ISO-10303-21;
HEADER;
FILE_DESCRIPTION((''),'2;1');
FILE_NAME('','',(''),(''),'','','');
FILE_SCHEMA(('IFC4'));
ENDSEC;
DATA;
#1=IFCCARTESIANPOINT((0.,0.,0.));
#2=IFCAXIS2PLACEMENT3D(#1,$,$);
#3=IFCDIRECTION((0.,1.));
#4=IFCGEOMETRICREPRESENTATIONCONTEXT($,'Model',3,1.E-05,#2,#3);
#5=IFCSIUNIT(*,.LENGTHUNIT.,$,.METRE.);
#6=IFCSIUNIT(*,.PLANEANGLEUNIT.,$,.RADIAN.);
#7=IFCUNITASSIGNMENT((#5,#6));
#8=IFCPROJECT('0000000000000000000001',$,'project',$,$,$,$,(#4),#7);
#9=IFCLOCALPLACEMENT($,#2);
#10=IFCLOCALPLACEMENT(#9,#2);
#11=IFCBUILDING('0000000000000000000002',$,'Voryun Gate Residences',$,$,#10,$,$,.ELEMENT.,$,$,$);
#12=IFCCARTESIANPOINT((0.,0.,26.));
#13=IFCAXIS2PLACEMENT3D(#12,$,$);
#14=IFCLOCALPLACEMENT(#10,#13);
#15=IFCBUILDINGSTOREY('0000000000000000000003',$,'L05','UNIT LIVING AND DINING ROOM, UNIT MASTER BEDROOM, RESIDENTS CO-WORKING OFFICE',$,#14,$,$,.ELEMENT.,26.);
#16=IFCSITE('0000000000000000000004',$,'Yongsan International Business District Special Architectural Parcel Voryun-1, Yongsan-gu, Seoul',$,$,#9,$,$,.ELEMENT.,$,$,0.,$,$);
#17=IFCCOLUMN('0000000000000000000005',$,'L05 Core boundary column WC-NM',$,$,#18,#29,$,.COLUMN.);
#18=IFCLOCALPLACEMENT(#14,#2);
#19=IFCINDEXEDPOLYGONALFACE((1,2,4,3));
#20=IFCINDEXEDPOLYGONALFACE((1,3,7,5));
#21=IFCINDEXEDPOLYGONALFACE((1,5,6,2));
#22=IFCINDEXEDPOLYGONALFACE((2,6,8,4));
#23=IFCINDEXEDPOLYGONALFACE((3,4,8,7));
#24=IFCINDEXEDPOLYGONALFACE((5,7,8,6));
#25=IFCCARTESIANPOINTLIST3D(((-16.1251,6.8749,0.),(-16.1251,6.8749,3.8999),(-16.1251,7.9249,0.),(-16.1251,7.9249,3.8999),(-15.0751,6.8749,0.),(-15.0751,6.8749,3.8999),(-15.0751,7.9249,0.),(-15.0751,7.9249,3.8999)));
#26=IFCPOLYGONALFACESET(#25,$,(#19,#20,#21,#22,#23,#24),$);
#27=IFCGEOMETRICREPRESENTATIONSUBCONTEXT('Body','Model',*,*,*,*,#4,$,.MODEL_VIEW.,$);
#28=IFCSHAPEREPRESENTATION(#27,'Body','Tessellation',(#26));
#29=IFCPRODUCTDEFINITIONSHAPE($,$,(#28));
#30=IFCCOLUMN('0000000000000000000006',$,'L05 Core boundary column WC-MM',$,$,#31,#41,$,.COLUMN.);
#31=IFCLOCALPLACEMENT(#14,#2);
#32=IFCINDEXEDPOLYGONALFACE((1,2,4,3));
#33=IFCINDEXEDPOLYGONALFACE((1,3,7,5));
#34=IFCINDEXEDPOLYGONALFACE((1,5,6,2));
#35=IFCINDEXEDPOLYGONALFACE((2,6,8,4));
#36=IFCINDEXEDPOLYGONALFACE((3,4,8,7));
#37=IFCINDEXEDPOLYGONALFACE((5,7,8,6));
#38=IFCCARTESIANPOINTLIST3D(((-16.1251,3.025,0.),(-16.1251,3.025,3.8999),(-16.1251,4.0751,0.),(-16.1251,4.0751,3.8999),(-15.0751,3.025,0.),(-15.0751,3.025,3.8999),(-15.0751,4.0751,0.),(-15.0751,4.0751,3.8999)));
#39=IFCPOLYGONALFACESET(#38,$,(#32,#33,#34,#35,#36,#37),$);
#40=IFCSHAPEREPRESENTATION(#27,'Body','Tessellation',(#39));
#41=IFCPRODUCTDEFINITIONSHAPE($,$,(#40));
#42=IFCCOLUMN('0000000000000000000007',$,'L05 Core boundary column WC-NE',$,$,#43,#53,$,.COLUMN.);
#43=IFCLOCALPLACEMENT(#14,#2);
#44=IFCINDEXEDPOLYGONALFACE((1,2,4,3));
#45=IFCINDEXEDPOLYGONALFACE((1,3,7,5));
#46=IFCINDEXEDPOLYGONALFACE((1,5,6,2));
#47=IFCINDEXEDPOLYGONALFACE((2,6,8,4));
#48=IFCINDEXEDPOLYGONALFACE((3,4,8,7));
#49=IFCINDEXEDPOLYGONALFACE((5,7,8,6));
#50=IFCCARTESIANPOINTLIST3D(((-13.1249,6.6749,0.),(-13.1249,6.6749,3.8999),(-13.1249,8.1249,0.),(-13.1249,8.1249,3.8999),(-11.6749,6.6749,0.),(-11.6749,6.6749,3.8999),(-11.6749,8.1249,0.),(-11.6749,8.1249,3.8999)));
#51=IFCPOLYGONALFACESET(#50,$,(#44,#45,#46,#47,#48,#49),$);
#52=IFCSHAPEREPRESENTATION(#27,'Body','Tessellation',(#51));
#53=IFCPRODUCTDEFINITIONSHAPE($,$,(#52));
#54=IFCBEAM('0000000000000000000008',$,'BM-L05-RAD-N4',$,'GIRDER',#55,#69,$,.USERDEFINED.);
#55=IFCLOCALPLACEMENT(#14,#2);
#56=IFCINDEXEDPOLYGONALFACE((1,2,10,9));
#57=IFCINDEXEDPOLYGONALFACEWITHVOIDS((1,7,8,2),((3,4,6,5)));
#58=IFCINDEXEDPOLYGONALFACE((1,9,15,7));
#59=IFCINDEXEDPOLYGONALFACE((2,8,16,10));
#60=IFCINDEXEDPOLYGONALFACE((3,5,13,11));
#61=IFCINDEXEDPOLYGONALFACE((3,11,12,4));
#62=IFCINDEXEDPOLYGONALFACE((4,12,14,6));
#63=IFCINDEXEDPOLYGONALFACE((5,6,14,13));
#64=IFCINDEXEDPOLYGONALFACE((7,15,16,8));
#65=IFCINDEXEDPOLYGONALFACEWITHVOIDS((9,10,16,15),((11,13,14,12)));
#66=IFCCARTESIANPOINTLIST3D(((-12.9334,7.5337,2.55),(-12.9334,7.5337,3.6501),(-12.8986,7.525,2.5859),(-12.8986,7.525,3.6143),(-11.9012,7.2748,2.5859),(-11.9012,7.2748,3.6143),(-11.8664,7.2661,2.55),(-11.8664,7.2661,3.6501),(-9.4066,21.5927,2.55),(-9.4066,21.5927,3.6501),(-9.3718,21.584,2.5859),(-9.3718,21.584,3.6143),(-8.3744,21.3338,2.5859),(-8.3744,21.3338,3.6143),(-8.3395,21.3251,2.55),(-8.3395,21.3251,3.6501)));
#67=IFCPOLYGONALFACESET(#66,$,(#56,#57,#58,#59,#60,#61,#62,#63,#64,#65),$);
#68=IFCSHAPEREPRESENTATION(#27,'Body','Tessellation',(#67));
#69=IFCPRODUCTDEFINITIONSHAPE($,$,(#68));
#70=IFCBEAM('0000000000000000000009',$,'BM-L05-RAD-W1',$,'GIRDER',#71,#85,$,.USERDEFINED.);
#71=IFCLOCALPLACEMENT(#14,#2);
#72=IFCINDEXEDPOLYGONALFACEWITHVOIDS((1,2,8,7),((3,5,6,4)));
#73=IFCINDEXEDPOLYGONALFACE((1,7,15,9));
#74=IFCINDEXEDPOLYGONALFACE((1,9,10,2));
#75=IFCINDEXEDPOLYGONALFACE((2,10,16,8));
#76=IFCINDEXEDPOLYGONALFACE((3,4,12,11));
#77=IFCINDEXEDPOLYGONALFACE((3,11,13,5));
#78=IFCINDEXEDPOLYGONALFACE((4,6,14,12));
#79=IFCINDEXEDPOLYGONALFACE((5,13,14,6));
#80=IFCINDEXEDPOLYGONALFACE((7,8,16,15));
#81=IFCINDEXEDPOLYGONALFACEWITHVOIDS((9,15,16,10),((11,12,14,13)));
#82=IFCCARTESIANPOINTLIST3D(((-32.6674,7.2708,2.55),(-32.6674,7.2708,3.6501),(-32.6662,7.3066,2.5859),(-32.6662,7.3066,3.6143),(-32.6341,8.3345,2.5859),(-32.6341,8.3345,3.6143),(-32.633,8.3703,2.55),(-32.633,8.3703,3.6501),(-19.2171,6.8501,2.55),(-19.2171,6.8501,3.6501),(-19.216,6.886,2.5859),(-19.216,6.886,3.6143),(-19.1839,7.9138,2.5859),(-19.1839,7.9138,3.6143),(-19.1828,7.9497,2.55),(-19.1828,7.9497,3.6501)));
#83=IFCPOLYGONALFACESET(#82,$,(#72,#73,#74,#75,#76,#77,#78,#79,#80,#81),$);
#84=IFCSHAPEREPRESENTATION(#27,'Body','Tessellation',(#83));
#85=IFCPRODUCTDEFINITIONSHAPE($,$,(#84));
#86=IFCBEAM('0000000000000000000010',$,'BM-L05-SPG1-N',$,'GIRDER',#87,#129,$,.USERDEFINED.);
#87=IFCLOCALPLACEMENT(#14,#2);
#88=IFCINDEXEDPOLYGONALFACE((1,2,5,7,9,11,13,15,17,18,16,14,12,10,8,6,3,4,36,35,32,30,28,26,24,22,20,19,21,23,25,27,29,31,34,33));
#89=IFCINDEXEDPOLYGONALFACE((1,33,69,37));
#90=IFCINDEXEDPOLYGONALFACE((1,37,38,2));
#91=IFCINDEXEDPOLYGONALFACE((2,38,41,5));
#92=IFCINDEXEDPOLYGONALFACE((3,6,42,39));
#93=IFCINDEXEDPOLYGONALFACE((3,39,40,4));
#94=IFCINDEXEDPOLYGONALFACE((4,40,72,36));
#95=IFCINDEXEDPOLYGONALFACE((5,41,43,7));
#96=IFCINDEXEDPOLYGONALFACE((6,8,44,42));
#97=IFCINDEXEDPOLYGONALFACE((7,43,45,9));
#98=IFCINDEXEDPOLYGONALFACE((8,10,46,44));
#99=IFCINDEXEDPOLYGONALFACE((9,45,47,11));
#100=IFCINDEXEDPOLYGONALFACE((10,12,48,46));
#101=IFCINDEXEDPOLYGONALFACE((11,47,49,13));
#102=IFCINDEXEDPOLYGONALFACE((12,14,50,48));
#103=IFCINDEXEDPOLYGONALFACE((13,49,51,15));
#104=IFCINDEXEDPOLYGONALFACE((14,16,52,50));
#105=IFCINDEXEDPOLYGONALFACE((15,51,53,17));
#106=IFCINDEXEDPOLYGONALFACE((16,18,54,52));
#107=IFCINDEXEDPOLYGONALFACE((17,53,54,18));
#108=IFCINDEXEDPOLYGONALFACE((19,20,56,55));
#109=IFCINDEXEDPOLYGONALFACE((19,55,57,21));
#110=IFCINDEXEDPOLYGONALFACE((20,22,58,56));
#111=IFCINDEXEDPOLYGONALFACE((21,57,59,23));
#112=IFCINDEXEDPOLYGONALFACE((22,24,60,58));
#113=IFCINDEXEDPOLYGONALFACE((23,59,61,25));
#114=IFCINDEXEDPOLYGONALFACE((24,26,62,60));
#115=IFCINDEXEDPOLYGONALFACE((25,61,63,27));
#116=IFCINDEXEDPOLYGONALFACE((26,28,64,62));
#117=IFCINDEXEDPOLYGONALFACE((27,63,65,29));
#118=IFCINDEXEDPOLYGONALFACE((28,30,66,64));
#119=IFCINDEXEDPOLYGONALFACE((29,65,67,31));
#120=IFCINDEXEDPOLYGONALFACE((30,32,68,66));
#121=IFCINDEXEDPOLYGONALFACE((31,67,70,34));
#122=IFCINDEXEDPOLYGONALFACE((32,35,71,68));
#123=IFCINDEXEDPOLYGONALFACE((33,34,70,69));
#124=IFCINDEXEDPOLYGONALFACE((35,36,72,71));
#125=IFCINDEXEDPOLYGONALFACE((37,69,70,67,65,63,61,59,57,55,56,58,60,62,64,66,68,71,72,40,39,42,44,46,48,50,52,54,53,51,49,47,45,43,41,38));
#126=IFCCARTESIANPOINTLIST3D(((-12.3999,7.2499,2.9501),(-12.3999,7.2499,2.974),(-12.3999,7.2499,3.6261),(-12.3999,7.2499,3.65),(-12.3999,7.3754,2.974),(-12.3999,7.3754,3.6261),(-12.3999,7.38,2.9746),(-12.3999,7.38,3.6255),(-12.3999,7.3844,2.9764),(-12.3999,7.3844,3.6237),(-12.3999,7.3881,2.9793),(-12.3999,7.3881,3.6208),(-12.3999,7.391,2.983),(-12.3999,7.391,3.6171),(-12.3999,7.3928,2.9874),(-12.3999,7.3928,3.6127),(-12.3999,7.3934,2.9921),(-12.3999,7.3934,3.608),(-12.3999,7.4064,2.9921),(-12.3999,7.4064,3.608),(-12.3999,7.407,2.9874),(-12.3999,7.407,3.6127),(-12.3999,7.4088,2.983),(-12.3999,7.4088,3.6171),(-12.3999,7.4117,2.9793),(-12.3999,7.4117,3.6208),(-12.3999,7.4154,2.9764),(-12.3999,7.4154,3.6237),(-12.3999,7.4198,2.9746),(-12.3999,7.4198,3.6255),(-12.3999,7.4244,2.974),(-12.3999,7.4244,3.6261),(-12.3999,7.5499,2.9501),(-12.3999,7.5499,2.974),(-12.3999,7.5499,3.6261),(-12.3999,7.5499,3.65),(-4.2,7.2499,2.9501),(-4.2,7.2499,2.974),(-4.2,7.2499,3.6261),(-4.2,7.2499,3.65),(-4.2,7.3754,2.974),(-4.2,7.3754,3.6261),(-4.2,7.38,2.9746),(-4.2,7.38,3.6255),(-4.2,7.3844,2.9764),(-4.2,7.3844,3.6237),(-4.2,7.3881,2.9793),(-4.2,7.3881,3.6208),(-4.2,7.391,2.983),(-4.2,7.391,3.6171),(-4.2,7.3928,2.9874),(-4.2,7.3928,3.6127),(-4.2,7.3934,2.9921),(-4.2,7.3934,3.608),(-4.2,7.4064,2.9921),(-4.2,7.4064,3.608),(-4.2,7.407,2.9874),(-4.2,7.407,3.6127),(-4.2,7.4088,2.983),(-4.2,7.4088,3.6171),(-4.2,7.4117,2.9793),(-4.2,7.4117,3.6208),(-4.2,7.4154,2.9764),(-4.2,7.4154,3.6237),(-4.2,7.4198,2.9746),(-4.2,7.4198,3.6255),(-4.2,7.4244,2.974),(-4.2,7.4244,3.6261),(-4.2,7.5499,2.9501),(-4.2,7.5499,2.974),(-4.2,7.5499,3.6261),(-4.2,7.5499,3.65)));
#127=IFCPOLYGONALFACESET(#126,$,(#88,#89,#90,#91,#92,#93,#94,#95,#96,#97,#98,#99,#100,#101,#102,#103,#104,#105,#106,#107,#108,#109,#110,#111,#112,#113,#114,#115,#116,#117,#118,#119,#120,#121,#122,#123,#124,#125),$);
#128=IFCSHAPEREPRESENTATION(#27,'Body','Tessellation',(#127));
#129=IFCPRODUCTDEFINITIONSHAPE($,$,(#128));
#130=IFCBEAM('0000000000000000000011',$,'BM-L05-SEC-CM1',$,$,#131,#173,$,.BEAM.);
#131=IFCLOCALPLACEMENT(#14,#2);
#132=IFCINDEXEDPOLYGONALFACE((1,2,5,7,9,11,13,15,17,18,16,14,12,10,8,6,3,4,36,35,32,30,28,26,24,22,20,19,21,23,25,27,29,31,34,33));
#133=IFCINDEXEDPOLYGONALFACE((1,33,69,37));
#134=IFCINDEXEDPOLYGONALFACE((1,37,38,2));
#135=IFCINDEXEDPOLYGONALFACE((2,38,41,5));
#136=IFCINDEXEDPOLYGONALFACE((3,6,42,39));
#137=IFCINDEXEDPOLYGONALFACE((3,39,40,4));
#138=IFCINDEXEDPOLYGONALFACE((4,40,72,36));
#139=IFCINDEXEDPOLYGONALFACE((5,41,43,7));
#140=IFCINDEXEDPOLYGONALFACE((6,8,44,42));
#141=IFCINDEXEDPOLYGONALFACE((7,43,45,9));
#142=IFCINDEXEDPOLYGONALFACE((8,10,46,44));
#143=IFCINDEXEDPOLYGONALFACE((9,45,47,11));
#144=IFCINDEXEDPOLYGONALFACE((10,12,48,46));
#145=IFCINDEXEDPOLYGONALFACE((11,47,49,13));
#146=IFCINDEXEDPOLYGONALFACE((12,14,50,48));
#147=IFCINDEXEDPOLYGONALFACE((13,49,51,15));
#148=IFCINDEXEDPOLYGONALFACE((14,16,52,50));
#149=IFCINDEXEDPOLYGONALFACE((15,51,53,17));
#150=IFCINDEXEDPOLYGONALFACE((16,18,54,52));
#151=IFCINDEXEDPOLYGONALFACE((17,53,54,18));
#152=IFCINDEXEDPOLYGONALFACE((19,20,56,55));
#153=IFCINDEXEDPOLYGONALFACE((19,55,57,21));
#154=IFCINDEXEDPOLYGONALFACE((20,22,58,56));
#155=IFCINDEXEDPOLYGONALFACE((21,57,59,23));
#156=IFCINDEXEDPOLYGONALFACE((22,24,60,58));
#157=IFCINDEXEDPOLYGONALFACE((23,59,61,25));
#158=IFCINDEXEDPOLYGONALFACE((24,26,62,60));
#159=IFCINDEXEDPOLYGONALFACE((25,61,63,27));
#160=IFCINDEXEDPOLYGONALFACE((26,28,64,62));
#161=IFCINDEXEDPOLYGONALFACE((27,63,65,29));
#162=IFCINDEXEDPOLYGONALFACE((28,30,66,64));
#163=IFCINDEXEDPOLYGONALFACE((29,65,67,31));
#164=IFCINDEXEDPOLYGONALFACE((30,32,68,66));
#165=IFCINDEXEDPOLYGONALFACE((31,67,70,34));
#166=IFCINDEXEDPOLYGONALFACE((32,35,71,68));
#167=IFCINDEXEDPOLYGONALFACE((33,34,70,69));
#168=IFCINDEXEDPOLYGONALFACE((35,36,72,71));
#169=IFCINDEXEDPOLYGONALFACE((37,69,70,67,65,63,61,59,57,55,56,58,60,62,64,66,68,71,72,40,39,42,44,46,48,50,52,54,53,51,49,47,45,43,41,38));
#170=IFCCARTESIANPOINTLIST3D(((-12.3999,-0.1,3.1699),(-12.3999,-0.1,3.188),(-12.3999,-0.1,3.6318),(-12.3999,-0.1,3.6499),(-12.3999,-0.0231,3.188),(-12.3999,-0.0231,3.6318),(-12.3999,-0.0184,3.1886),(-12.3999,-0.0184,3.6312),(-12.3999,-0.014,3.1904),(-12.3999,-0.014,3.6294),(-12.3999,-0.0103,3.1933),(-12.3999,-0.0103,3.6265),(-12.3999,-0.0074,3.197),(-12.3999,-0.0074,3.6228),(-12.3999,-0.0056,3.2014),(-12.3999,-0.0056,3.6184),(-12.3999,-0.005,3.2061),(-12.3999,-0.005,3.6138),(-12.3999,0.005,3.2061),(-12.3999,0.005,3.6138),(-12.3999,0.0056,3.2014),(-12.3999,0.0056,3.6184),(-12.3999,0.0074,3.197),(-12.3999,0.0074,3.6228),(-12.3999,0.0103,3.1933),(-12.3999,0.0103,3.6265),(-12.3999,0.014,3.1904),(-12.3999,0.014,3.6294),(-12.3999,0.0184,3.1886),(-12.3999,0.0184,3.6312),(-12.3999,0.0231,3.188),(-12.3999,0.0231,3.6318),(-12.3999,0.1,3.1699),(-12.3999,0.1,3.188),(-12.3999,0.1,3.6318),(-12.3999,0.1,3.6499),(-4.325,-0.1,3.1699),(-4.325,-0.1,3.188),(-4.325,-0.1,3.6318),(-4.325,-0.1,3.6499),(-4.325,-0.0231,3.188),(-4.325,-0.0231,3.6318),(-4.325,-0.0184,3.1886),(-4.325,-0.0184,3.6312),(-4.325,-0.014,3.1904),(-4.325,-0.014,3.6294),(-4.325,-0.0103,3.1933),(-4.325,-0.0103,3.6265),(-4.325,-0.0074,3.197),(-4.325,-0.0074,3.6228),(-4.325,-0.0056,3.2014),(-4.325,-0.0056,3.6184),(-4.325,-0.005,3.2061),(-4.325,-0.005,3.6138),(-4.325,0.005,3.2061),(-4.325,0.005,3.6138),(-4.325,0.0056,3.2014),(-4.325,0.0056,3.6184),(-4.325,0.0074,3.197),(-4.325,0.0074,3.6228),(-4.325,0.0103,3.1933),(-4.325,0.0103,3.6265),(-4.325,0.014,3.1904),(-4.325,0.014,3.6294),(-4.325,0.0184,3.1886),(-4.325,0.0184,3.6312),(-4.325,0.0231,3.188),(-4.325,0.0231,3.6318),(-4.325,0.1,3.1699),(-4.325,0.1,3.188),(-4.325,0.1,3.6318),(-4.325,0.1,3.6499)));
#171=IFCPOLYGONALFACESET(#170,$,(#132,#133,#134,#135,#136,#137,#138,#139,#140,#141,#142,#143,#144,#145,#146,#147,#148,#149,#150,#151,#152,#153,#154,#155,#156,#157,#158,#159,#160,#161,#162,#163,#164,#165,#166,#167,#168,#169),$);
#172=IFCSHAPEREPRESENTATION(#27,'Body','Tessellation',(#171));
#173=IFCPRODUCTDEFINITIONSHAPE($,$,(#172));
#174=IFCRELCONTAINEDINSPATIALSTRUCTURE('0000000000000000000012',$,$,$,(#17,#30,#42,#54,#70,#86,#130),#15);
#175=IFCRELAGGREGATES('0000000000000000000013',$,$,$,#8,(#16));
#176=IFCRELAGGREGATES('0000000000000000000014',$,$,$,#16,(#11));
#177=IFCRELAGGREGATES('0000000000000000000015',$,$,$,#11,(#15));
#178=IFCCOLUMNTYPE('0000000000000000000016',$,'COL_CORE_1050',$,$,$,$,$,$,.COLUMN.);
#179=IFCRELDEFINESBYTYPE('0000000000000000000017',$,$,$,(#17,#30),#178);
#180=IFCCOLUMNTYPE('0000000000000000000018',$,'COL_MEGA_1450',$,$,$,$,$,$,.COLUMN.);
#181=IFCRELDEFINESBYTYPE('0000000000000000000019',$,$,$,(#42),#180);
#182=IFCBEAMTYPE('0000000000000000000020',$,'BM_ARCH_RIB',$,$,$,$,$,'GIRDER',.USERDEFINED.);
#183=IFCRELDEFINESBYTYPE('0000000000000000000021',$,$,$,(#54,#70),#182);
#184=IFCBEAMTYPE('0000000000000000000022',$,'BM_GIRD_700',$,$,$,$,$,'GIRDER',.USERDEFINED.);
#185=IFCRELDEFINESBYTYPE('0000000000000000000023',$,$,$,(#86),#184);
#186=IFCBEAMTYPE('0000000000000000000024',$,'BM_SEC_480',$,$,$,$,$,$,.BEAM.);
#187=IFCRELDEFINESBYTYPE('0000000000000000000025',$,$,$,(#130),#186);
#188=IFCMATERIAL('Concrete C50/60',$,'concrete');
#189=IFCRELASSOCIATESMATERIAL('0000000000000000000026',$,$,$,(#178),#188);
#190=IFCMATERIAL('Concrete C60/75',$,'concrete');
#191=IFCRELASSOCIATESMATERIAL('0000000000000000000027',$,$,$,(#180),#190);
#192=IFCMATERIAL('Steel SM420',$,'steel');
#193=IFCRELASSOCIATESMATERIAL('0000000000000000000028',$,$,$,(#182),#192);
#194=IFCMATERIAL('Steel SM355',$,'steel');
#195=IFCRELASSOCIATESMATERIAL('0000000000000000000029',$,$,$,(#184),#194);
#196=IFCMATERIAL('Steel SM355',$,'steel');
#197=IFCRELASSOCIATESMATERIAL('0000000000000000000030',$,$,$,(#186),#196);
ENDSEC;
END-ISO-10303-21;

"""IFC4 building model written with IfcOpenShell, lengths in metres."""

from ifc_helpers import new_model, si_unit, direction, frame, origin, origin_2d, place, context, subcontext, project, spatial, rectangle, hollow_rectangle, i_section, extrude, material, material_profile, profile_set, type_object, element, save


model = new_model("IFC4")

# Units and contexts
model_context = context("Model", 3, precision=1e-05, world=origin(), true_north=direction((0.0, 1.0)))
body_context = subcontext(model_context, "Body", "Model", "MODEL_VIEW")
ifc_project = project(units=[si_unit("LENGTHUNIT", "METRE"), si_unit("PLANEANGLEUNIT", "RADIAN")], contexts=[model_context])

# Site, building, storey
site_placement = place(None, origin())
site = spatial("IfcSite", under=ifc_project, at=site_placement, Name="Yongsan International Business District Special Architectural Parcel Voryun-1, Yongsan-gu, Seoul", CompositionType="ELEMENT", RefElevation=0.0)
building_placement = place(site_placement, origin())
building = spatial("IfcBuilding", under=site, at=building_placement, Name="Voryun Gate Residences", CompositionType="ELEMENT")
storey_placement = place(building_placement, frame((0.0, 0.0, 26.0)))
storey = spatial("IfcBuildingStorey", under=building, at=storey_placement, Name="L05", Description="UNIT LIVING AND DINING ROOM, UNIT MASTER BEDROOM, RESIDENTS CO-WORKING OFFICE", CompositionType="ELEMENT", Elevation=26.0)

# Columns
ifc_material_1 = material(Name="Concrete C50/60", Category="concrete")
ifc_material_profile_1 = material_profile(ifc_material_1, rectangle(XDim=1.05, YDim=1.05, at=origin_2d()), Name="RC-1050x1050")
ifc_profile_set_1 = profile_set([ifc_material_profile_1], Name="Concrete C50/60")
column_type_1 = type_object("IfcColumnType", Name="COL_CORE_1050", PredefinedType="COLUMN", material=ifc_profile_set_1)
for number, where, z_axis, x_axis, name in (
    (1, (-15.6001, 7.3999, 0.0), (0.0, 0.0, 1.0), (1.0, 0.0, 0.0), "L05 Core boundary column WC-NM"),
    (2, (-15.6001, 3.55, 0.0), (0.0, 0.0, 1.0), (1.0, 0.0, 0.0), "L05 Core boundary column WC-MM"),
):
    element("IfcColumn", number, at=place(storey_placement, frame(where, z_axis=z_axis, x_axis=x_axis)), inside=storey, type_object=column_type_1, Name=name, PredefinedType="COLUMN", context=body_context, shape_type="SweptSolid", body=[
        extrude(rectangle(XDim=1.05, YDim=1.05, at=origin_2d()), origin(), (0.0, 0.0, 1.0), 3.8999),
    ])
ifc_material_2 = material(Name="Concrete C60/75", Category="concrete")
ifc_material_profile_2 = material_profile(ifc_material_2, rectangle(XDim=1.45, YDim=1.45, at=origin_2d()), Name="RC-1450x1450")
ifc_profile_set_2 = profile_set([ifc_material_profile_2], Name="Concrete C60/75")
column_type_2 = type_object("IfcColumnType", Name="COL_MEGA_1450", PredefinedType="COLUMN", material=ifc_profile_set_2)
column_placement = place(storey_placement, frame((-12.3999, 7.3999, 0.0), z_axis=(0.0, 0.0, 1.0), x_axis=(1.0, 0.0, 0.0)))
element("IfcColumn", 3, at=column_placement, inside=storey, type_object=column_type_2, Name="L05 Core boundary column WC-NE", PredefinedType="COLUMN", context=body_context, shape_type="SweptSolid", body=[
    extrude(rectangle(XDim=1.45, YDim=1.45, at=origin_2d()), origin(), (0.0, 0.0, 1.0), 3.8999),
])

# Beams
ifc_material_3 = material(Name="Steel SM420", Category="steel")
ifc_material_profile_3 = material_profile(ifc_material_3, hollow_rectangle(XDim=1.1001, YDim=1.1001, WallThickness=0.0359, at=origin_2d()), Name="BOX-1100x1100x36")
ifc_profile_set_3 = profile_set([ifc_material_profile_3], Name="Steel SM420")
beam_type_1 = type_object("IfcBeamType", Name="BM_ARCH_RIB", ElementType="GIRDER", PredefinedType="USERDEFINED", material=ifc_profile_set_3)
beam_1_placement = place(storey_placement, frame((-12.3999, 7.3999, 3.1001), z_axis=(0.24332, 0.969946, 0.0), x_axis=(-0.969946, 0.24332, 0.0)))
element("IfcBeam", 4, at=beam_1_placement, inside=storey, type_object=beam_type_1, Name="BM-L05-RAD-N4", ObjectType="GIRDER", PredefinedType="USERDEFINED", context=body_context, shape_type="SweptSolid", body=[
    extrude(hollow_rectangle(XDim=1.1001, YDim=1.1001, WallThickness=0.0359, at=origin_2d()), origin(), (0.0, 0.0, 1.0), 14.4946),
])
beam_2_placement = place(storey_placement, frame((-19.2, 7.3999, 3.1001), z_axis=(-0.999511, 0.03126, 0.0), x_axis=(-0.03126, -0.999511, 0.0)))
element("IfcBeam", 5, at=beam_2_placement, inside=storey, type_object=beam_type_1, Name="BM-L05-RAD-W1", ObjectType="GIRDER", PredefinedType="USERDEFINED", context=body_context, shape_type="SweptSolid", body=[
    extrude(hollow_rectangle(XDim=1.1001, YDim=1.1001, WallThickness=0.0359, at=origin_2d()), origin(), (0.0, 0.0, 1.0), 13.4568),
])
ifc_material_4 = material(Name="Steel SM355", Category="steel")
ifc_material_profile_4 = material_profile(ifc_material_4, i_section(OverallWidth=0.3, OverallDepth=0.7, WebThickness=0.0129, FlangeThickness=0.0239, FilletRadius=0.0181, at=origin_2d()), Name="H-700x300x13x24")
ifc_profile_set_4 = profile_set([ifc_material_profile_4], Name="Steel SM355")
beam_type_2 = type_object("IfcBeamType", Name="BM_GIRD_700", ElementType="GIRDER", PredefinedType="USERDEFINED", material=ifc_profile_set_4)
beam_3_placement = place(storey_placement, frame((-12.3999, 7.3999, 3.3), z_axis=(1.0, 0.0, 0.0), x_axis=(0.0, 1.0, 0.0)))
element("IfcBeam", 6, at=beam_3_placement, inside=storey, type_object=beam_type_2, Name="BM-L05-SPG1-N", ObjectType="GIRDER", PredefinedType="USERDEFINED", context=body_context, shape_type="SweptSolid", body=[
    extrude(i_section(OverallWidth=0.3, OverallDepth=0.7, WebThickness=0.0129, FlangeThickness=0.0239, FilletRadius=0.0181, at=origin_2d()), origin(), (0.0, 0.0, 1.0), 8.2),
])
ifc_material_5 = material(Name="Steel SM355", Category="steel")
ifc_material_profile_5 = material_profile(ifc_material_5, i_section(OverallWidth=0.2, OverallDepth=0.48, WebThickness=0.01, FlangeThickness=0.0181, FilletRadius=0.0181, at=origin_2d()), Name="H-480x200x10x18")
ifc_profile_set_5 = profile_set([ifc_material_profile_5], Name="Steel SM355")
beam_type_3 = type_object("IfcBeamType", Name="BM_SEC_480", PredefinedType="BEAM", material=ifc_profile_set_5)
for number, where, z_axis, x_axis, name in (
    (7, (-12.3999, 0.0, 3.4099), (1.0, 0.0, 0.0), (0.0, 1.0, 0.0), "BM-L05-SEC-CM1"),
):
    element("IfcBeam", number, at=place(storey_placement, frame(where, z_axis=z_axis, x_axis=x_axis)), inside=storey, type_object=beam_type_3, Name=name, PredefinedType="BEAM", context=body_context, shape_type="SweptSolid", body=[
        extrude(i_section(OverallWidth=0.2, OverallDepth=0.48, WebThickness=0.01, FlangeThickness=0.0181, FilletRadius=0.0181, at=origin_2d()), origin(), (0.0, 0.0, 1.0), 8.075),
    ])

save(model, "model.ifc")
